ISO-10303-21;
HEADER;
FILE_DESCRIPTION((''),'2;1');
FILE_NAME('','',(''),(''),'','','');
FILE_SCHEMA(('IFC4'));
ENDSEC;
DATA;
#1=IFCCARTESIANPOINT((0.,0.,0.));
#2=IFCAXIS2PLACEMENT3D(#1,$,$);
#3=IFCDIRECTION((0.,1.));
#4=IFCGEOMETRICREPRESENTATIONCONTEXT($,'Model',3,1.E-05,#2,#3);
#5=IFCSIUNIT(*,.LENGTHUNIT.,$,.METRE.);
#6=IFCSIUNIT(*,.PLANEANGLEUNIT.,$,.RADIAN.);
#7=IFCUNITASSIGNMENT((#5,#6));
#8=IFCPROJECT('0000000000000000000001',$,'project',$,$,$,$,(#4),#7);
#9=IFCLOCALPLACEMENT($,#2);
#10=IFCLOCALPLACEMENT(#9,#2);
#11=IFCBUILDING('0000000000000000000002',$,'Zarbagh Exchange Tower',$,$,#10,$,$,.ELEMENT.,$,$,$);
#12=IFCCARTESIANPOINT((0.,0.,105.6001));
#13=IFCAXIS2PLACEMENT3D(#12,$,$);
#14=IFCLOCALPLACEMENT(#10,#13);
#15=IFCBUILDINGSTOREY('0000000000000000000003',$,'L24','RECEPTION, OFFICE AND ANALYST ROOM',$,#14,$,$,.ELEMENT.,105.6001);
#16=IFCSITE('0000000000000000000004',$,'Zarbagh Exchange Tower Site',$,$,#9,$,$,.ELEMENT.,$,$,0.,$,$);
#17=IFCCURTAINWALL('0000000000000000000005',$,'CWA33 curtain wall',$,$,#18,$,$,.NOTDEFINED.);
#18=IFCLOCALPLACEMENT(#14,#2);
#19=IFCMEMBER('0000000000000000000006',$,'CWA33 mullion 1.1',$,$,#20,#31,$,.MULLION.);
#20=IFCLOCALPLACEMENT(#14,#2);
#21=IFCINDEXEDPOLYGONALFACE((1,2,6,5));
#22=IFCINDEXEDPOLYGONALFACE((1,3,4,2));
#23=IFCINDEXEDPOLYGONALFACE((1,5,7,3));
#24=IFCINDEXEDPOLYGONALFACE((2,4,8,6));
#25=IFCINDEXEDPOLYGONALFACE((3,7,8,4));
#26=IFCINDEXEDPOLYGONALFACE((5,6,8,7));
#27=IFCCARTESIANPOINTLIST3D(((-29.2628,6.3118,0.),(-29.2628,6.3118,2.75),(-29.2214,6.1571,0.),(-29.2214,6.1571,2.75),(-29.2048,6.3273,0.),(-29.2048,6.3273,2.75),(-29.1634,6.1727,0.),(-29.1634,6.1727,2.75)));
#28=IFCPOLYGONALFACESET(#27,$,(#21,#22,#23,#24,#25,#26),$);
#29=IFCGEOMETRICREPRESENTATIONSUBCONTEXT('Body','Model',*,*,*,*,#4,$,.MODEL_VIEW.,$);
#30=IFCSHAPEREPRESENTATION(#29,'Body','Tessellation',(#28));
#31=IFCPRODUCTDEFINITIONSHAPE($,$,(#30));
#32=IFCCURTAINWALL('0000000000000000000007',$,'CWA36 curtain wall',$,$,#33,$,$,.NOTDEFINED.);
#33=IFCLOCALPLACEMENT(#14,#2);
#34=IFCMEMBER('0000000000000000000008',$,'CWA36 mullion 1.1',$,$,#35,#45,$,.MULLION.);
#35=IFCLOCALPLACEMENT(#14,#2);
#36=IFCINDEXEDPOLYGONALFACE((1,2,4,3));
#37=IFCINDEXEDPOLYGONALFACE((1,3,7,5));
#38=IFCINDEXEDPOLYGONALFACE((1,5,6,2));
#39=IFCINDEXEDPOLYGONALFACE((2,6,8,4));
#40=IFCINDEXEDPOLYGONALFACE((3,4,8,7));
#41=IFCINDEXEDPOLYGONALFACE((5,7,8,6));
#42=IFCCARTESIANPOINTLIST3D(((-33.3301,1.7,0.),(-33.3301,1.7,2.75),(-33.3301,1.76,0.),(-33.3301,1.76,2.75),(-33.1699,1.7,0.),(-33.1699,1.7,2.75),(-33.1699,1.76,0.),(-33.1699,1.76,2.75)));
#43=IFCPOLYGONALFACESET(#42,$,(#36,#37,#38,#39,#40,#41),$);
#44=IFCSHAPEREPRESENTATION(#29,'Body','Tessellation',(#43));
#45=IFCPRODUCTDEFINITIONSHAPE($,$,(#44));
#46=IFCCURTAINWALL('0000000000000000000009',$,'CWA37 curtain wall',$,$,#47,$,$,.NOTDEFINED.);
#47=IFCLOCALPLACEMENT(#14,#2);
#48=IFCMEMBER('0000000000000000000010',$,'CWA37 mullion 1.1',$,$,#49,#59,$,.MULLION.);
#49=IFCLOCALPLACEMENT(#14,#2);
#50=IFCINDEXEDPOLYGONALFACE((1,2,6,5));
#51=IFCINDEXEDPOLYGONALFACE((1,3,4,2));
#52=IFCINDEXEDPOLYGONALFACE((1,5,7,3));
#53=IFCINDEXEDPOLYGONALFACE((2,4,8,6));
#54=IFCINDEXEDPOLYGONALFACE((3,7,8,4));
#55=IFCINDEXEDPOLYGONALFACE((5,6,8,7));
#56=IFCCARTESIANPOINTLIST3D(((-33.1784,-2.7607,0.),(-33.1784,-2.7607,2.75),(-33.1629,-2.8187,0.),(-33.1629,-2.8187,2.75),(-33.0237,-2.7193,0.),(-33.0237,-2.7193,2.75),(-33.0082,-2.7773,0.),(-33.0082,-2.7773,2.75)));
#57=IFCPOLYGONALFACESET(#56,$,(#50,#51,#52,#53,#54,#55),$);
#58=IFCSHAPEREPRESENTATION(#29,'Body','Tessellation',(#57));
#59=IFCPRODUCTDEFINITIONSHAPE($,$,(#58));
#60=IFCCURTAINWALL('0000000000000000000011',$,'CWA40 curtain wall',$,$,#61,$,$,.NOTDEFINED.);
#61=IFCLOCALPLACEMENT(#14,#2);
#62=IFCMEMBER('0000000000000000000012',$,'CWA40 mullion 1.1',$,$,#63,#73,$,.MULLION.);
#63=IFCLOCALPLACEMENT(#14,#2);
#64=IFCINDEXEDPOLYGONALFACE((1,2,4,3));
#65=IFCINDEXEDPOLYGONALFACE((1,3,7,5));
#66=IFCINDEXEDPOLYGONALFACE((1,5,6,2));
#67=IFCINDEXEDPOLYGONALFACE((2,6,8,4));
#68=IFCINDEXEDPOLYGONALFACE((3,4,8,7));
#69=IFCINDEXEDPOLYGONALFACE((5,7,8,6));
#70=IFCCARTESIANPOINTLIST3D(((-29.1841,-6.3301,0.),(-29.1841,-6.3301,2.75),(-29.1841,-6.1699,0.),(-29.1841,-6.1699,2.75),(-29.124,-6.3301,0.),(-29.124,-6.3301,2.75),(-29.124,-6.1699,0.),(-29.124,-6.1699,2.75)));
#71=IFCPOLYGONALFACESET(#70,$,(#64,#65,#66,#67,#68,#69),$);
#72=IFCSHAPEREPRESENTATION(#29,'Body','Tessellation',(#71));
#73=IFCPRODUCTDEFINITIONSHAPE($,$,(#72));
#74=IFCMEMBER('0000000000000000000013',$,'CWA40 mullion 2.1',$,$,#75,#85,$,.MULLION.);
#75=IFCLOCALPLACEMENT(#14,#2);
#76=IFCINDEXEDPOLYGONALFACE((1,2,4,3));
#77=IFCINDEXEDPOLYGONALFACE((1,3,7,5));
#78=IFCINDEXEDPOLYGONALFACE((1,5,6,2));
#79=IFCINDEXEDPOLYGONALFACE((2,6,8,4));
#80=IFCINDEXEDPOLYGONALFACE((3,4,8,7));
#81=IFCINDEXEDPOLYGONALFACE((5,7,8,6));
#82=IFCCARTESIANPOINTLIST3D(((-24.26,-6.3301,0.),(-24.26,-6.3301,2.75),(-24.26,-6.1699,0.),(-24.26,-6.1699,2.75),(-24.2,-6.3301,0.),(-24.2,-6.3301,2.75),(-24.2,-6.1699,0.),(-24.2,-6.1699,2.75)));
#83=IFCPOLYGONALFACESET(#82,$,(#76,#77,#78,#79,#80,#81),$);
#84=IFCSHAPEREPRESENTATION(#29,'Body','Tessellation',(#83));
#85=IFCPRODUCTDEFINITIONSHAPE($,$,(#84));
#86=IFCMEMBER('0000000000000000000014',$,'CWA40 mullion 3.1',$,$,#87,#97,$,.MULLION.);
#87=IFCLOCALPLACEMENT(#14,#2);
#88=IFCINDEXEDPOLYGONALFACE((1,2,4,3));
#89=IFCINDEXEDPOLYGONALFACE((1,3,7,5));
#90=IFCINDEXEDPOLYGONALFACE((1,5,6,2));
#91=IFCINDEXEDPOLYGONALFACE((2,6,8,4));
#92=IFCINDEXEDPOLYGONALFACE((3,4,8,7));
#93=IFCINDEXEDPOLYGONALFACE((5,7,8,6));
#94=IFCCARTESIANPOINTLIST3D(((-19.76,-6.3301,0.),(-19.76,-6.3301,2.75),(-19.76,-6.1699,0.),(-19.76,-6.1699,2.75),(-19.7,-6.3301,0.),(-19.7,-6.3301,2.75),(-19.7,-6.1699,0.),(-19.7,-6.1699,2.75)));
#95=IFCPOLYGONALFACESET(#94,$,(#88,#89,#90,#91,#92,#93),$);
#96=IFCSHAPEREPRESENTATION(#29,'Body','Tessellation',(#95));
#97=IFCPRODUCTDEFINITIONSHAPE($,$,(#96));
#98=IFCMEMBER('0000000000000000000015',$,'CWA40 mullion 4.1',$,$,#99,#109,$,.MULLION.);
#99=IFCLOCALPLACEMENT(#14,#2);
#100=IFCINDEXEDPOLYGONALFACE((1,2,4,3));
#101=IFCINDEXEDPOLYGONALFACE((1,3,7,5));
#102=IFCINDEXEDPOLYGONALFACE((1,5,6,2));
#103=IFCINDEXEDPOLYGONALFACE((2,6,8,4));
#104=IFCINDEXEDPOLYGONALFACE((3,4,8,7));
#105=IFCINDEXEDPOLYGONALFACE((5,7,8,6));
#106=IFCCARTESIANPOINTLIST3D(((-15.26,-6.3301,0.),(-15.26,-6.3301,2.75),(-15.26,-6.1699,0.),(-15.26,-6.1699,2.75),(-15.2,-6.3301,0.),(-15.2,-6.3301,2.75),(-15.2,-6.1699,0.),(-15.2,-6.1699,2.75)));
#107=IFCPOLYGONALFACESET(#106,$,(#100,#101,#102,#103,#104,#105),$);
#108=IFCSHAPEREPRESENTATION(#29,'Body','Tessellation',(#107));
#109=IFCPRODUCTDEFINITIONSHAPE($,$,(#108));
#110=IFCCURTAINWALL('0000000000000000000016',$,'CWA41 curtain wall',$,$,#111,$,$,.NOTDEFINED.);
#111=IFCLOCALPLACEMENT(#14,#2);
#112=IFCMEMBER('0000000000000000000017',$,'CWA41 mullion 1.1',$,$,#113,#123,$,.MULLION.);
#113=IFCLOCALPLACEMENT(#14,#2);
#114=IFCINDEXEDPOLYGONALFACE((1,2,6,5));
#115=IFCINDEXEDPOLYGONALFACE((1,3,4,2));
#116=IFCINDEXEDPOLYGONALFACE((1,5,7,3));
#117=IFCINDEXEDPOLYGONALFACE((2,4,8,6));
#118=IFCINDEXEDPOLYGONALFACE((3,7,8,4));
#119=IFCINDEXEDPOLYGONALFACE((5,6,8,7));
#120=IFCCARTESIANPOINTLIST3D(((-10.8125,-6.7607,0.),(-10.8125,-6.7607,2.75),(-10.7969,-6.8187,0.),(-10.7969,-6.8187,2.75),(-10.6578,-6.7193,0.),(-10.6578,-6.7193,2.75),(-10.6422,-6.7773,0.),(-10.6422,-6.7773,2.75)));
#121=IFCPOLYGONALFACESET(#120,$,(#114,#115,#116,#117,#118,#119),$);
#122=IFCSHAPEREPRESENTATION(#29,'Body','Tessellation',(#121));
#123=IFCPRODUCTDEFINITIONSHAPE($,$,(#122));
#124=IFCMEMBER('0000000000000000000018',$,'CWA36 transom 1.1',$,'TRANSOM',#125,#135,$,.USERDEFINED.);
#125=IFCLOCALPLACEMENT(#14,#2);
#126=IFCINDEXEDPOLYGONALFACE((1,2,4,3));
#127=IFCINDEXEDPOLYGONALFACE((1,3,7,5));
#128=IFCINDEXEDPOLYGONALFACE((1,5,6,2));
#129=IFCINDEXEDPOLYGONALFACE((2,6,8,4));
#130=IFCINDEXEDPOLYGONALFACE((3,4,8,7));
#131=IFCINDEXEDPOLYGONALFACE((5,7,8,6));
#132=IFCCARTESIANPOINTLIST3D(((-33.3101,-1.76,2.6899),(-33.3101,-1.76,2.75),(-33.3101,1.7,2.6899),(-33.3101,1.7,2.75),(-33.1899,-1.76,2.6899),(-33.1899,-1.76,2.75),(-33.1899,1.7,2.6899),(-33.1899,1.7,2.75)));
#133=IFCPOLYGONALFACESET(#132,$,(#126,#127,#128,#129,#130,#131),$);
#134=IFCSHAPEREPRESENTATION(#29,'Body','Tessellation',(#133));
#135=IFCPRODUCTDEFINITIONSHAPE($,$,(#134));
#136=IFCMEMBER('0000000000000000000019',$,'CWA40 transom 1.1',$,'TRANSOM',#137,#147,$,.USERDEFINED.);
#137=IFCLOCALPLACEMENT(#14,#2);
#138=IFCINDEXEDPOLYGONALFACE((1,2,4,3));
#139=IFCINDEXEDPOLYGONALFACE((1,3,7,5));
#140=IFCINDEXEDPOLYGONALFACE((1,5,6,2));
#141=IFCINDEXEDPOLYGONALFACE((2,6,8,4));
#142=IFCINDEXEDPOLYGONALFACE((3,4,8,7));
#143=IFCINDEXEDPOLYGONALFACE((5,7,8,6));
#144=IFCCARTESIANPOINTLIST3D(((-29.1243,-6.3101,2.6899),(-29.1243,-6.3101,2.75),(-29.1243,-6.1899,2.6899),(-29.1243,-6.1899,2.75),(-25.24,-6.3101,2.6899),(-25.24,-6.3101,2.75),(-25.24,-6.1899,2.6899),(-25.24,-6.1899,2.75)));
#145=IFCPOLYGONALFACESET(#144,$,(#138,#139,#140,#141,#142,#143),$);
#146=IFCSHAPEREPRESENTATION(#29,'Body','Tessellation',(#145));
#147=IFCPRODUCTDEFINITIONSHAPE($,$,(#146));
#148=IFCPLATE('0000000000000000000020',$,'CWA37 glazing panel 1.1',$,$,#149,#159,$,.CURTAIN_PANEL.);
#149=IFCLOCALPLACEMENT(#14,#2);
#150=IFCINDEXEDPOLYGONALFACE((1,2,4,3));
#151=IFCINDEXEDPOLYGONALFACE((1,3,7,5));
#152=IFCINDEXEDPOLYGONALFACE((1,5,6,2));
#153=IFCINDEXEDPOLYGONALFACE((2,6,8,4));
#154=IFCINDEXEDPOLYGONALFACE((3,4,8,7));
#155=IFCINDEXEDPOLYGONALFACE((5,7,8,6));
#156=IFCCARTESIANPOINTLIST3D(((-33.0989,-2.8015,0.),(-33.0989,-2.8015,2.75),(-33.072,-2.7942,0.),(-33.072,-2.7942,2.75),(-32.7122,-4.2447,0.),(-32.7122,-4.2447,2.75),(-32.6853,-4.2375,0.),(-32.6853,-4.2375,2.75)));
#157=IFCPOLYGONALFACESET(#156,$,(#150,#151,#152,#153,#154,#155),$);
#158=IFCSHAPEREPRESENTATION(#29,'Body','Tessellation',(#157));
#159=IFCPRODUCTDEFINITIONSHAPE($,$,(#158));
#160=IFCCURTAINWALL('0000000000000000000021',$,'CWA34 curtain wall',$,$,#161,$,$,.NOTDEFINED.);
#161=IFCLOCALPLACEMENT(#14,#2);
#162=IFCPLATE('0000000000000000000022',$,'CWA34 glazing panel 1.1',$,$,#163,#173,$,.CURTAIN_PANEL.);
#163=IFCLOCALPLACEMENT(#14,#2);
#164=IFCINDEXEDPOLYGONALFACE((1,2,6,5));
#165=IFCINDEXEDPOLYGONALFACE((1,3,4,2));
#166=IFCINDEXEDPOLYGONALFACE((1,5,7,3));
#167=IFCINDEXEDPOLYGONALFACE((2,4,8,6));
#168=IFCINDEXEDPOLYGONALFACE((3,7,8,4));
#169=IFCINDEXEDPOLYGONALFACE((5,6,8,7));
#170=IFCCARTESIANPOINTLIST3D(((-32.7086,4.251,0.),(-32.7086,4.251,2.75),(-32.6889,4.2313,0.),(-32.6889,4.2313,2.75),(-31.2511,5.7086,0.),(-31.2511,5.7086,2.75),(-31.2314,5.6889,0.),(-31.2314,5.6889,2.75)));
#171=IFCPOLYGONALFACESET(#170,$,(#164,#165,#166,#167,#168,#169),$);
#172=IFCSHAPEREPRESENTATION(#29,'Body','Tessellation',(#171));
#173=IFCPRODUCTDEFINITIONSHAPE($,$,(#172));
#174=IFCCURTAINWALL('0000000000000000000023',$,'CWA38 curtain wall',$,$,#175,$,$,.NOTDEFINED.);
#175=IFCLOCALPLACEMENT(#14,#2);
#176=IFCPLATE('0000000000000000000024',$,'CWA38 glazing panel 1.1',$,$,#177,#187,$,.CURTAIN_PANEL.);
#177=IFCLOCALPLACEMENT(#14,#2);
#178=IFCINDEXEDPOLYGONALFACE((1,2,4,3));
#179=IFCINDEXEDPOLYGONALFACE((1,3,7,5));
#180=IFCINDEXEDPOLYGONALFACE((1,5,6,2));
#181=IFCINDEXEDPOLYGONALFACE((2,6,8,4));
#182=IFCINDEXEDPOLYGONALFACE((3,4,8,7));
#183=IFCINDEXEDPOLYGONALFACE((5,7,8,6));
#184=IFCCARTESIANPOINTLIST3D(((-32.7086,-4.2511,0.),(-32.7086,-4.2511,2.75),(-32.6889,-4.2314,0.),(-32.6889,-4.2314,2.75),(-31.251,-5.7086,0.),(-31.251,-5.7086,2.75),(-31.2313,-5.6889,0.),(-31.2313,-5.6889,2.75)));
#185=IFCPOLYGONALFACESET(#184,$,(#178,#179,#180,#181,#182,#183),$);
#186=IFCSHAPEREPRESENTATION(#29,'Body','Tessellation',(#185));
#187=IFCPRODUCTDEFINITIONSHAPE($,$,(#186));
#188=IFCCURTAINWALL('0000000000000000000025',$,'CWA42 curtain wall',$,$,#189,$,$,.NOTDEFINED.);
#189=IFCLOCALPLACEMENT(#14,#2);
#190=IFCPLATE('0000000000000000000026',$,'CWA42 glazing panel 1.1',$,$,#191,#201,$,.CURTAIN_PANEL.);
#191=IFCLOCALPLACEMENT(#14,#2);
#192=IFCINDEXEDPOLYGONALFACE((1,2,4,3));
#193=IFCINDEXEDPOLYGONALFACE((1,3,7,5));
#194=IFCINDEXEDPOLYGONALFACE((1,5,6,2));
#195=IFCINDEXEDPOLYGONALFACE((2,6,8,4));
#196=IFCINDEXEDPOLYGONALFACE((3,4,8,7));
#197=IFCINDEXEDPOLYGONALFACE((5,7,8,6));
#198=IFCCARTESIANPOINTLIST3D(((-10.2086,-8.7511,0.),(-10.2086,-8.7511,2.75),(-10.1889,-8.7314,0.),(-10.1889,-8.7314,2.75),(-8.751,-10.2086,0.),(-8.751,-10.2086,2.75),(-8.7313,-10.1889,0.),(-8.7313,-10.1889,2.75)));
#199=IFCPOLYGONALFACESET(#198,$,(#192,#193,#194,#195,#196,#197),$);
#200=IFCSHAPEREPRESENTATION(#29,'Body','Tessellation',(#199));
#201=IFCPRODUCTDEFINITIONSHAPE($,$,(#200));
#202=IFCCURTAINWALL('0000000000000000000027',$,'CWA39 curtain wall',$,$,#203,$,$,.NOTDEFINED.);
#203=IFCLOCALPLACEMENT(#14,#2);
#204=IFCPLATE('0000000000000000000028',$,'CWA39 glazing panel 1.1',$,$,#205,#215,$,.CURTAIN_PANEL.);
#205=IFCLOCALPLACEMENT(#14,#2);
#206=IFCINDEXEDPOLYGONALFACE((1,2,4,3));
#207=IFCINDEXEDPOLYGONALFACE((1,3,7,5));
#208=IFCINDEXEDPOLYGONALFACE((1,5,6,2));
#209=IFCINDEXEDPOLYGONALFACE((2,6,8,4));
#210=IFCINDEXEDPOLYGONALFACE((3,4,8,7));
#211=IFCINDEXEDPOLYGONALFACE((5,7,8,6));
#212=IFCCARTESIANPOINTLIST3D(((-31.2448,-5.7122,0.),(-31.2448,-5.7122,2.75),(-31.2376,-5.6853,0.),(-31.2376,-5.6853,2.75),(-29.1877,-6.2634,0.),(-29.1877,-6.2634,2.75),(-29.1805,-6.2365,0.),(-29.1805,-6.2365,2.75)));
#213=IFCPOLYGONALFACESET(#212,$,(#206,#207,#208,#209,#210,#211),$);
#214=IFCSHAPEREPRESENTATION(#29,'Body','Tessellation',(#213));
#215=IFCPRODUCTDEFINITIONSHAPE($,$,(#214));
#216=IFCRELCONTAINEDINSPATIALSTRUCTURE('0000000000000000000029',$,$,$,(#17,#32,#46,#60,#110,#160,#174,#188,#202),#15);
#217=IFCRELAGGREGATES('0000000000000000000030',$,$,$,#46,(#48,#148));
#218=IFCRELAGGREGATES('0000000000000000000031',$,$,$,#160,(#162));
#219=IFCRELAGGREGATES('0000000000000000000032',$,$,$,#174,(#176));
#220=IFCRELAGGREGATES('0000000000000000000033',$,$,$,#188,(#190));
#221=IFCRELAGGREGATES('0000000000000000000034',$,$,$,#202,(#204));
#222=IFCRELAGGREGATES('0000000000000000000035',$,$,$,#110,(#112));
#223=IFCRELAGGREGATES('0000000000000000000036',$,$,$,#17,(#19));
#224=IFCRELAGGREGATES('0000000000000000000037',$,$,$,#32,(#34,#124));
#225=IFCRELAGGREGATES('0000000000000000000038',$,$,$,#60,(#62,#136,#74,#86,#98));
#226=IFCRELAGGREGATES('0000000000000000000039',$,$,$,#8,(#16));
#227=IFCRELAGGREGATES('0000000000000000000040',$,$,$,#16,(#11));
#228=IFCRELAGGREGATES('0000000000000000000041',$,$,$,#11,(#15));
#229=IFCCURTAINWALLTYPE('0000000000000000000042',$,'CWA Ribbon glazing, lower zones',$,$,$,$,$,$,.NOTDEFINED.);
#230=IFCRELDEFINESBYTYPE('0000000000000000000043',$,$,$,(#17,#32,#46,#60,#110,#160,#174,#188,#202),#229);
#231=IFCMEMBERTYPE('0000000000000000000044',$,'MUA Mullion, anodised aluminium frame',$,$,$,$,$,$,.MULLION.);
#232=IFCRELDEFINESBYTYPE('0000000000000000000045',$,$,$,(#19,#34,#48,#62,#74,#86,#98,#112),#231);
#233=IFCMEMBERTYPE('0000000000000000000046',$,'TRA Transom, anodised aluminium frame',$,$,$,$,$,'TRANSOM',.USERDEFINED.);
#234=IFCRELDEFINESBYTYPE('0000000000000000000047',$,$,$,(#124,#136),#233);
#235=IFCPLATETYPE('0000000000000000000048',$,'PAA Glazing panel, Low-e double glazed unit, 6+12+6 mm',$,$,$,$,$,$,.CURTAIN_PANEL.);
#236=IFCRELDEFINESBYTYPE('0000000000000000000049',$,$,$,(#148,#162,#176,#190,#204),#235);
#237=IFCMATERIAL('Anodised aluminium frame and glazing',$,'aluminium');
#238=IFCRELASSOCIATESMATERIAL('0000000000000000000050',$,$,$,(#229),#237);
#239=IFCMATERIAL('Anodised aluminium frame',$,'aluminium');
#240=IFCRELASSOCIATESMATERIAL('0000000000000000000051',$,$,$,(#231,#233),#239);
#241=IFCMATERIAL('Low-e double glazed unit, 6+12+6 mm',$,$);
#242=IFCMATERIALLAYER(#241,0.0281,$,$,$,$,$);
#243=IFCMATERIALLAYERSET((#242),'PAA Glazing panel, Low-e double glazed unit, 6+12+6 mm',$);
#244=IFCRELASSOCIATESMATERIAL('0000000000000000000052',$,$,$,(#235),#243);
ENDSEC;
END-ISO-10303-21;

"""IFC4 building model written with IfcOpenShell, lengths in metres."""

from ifc_helpers import new_model, si_unit, direction, frame, origin, place, context, subcontext, project, spatial, polyline, outline, extrude, source, transform, mapped, material, layer, layer_set, type_object, element, aggregate, save


model = new_model("IFC4")

# Units and contexts
model_context = context("Model", 3, precision=1e-05, world=origin(), true_north=direction((0.0, 1.0)))
body_context = subcontext(model_context, "Body", "Model", "MODEL_VIEW")
ifc_project = project(units=[si_unit("LENGTHUNIT", "METRE"), si_unit("PLANEANGLEUNIT", "RADIAN")], contexts=[model_context])

# Site, building, storey
site_placement = place(None, origin())
site = spatial("IfcSite", under=ifc_project, at=site_placement, Name="Zarbagh Exchange Tower Site", CompositionType="ELEMENT", RefElevation=0.0)
building_placement = place(site_placement, origin())
building = spatial("IfcBuilding", under=site, at=building_placement, Name="Zarbagh Exchange Tower", CompositionType="ELEMENT")
storey_placement = place(building_placement, frame((0.0, 0.0, 105.6001)))
storey = spatial("IfcBuildingStorey", under=building, at=storey_placement, Name="L24", Description="RECEPTION, OFFICE AND ANALYST ROOM", CompositionType="ELEMENT", Elevation=105.6001)

# Curtain walls, members
ifc_material_1 = material(Name="Anodised aluminium frame and glazing", Category="aluminium")
curtain_wall_type = type_object("IfcCurtainWallType", Name="CWA Ribbon glazing, lower zones", PredefinedType="NOTDEFINED", material=ifc_material_1)
curtain_wall_1_placement = place(storey_placement, origin())
curtain_wall_1 = element("IfcCurtainWall", 1, at=curtain_wall_1_placement, inside=storey, type_object=curtain_wall_type, Name="CWA33 curtain wall", PredefinedType="NOTDEFINED")
ifc_material_2 = material(Name="Anodised aluminium frame", Category="aluminium")
member_type_1 = type_object("IfcMemberType", Name="MUA Mullion, anodised aluminium frame", PredefinedType="MULLION", material=ifc_material_2)
shared_shape_1 = source(origin(), body_context, "Body", "SweptSolid", [
    extrude(outline(polyline([(0.0, -0.0801), (0.0601, -0.0801), (0.0601, 0.0801), (0.0, 0.0801), (0.0, -0.0801)])), origin(), (0.0, 0.0, 1.0), 2.75),
])
placement = place(storey_placement, origin())
member_1 = element("IfcMember", 2, at=placement, type_object=member_type_1, Name="CWA33 mullion 1.1", PredefinedType="MULLION", context=body_context, shape_type="MappedRepresentation", body=[
    mapped(shared_shape_1, transform((-29.1841, 6.25, 0.0), x_axis=(-0.965924, -0.258825, 0.0), y_axis=(0.258825, -0.965924, 0.0), z_axis=(0.0, 0.0, 1.0))),
])
curtain_wall_2_placement = place(storey_placement, origin())
curtain_wall_2 = element("IfcCurtainWall", 3, at=curtain_wall_2_placement, inside=storey, type_object=curtain_wall_type, Name="CWA36 curtain wall", PredefinedType="NOTDEFINED")
member_2 = element("IfcMember", 4, at=placement, type_object=member_type_1, Name="CWA36 mullion 1.1", PredefinedType="MULLION", context=body_context, shape_type="MappedRepresentation", body=[
    mapped(shared_shape_1, transform((-33.25, 1.76, 0.0), x_axis=(0.0, -1.0, 0.0), y_axis=(1.0, 0.0, 0.0), z_axis=(0.0, 0.0, 1.0))),
])
curtain_wall_3_placement = place(storey_placement, origin())
curtain_wall_3 = element("IfcCurtainWall", 5, at=curtain_wall_3_placement, inside=storey, type_object=curtain_wall_type, Name="CWA37 curtain wall", PredefinedType="NOTDEFINED")
member_3 = element("IfcMember", 6, at=placement, type_object=member_type_1, Name="CWA37 mullion 1.1", PredefinedType="MULLION", context=body_context, shape_type="MappedRepresentation", body=[
    mapped(shared_shape_1, transform((-33.1011, -2.74, 0.0), x_axis=(0.258825, -0.965924, 0.0), y_axis=(0.965924, 0.258825, 0.0), z_axis=(0.0, 0.0, 1.0))),
])

# Curtain wall, members
curtain_wall_4_placement = place(storey_placement, origin())
curtain_wall_4 = element("IfcCurtainWall", 7, at=curtain_wall_4_placement, inside=storey, type_object=curtain_wall_type, Name="CWA40 curtain wall", PredefinedType="NOTDEFINED")
member_4 = element("IfcMember", 8, at=placement, type_object=member_type_1, Name="CWA40 mullion 1.1", PredefinedType="MULLION", context=body_context, shape_type="MappedRepresentation", body=[
    mapped(shared_shape_1, transform((-29.1841, -6.25, 0.0), x_axis=(1.0, 0.0, 0.0), y_axis=(0.0, 1.0, 0.0), z_axis=(0.0, 0.0, 1.0))),
])
member_5 = element("IfcMember", 9, at=placement, type_object=member_type_1, Name="CWA40 mullion 2.1", PredefinedType="MULLION", context=body_context, shape_type="MappedRepresentation", body=[
    mapped(shared_shape_1, transform((-24.26, -6.25, 0.0), x_axis=(1.0, 0.0, 0.0), y_axis=(0.0, 1.0, 0.0), z_axis=(0.0, 0.0, 1.0))),
])
member_6 = element("IfcMember", 10, at=placement, type_object=member_type_1, Name="CWA40 mullion 3.1", PredefinedType="MULLION", context=body_context, shape_type="MappedRepresentation", body=[
    mapped(shared_shape_1, transform((-19.76, -6.25, 0.0), x_axis=(1.0, 0.0, 0.0), y_axis=(0.0, 1.0, 0.0), z_axis=(0.0, 0.0, 1.0))),
])
member_7 = element("IfcMember", 11, at=placement, type_object=member_type_1, Name="CWA40 mullion 4.1", PredefinedType="MULLION", context=body_context, shape_type="MappedRepresentation", body=[
    mapped(shared_shape_1, transform((-15.26, -6.25, 0.0), x_axis=(1.0, 0.0, 0.0), y_axis=(0.0, 1.0, 0.0), z_axis=(0.0, 0.0, 1.0))),
])

# Curtain wall, member
curtain_wall_5_placement = place(storey_placement, origin())
curtain_wall_5 = element("IfcCurtainWall", 12, at=curtain_wall_5_placement, inside=storey, type_object=curtain_wall_type, Name="CWA41 curtain wall", PredefinedType="NOTDEFINED")
member_8 = element("IfcMember", 13, at=placement, type_object=member_type_1, Name="CWA41 mullion 1.1", PredefinedType="MULLION", context=body_context, shape_type="MappedRepresentation", body=[
    mapped(shared_shape_1, transform((-10.7351, -6.74, 0.0), x_axis=(0.258825, -0.965924, 0.0), y_axis=(0.965924, 0.258825, 0.0), z_axis=(0.0, 0.0, 1.0))),
])

# Members
member_type_2 = type_object("IfcMemberType", Name="TRA Transom, anodised aluminium frame", ElementType="TRANSOM", PredefinedType="USERDEFINED", material=ifc_material_2)
shared_shape_2 = source(origin(), body_context, "Body", "SweptSolid", [
    extrude(outline(polyline([(-0.0601, -0.0601), (0.0, -0.0601), (0.0, 0.0601), (-0.0601, 0.0601), (-0.0601, -0.0601)])), origin(), (0.0, 0.0, 1.0), 3.46),
])
member_9 = element("IfcMember", 14, at=placement, type_object=member_type_2, Name="CWA36 transom 1.1", ObjectType="TRANSOM", PredefinedType="USERDEFINED", context=body_context, shape_type="MappedRepresentation", body=[
    mapped(shared_shape_2, transform((-33.25, 1.7, 2.75), x_axis=(0.0, 0.0, 1.0), y_axis=(-1.0, 0.0, 0.0), z_axis=(0.0, -1.0, 0.0))),
])
shared_shape_3 = source(origin(), body_context, "Body", "SweptSolid", [
    extrude(outline(polyline([(-0.0601, -0.0601), (0.0, -0.0601), (0.0, 0.0601), (-0.0601, 0.0601), (-0.0601, -0.0601)])), origin(), (0.0, 0.0, 1.0), 3.8843),
])
member_10 = element("IfcMember", 15, at=placement, type_object=member_type_2, Name="CWA40 transom 1.1", ObjectType="TRANSOM", PredefinedType="USERDEFINED", context=body_context, shape_type="MappedRepresentation", body=[
    mapped(shared_shape_3, transform((-29.1243, -6.25, 2.75), x_axis=(0.0, 0.0, 1.0), y_axis=(0.0, -1.0, 0.0), z_axis=(1.0, 0.0, 0.0))),
])

# Plate
ifc_material_3 = material(Name="Low-e double glazed unit, 6+12+6 mm")
ifc_layer = layer(ifc_material_3, 0.0281)
ifc_layer_set = layer_set([ifc_layer], Name="PAA Glazing panel, Low-e double glazed unit, 6+12+6 mm")
plate_type = type_object("IfcPlateType", Name="PAA Glazing panel, Low-e double glazed unit, 6+12+6 mm", PredefinedType="CURTAIN_PANEL", material=ifc_layer_set)
shared_shape_4 = source(origin(), body_context, "Body", "SweptSolid", [
    extrude(outline(polyline([(0.0, -0.0139), (1.4941, -0.0139), (1.4941, 0.0139), (0.0, 0.0139), (0.0, -0.0139)])), origin(), (0.0, 0.0, 1.0), 2.75),
])
plate_1 = element("IfcPlate", 16, at=placement, type_object=plate_type, Name="CWA37 glazing panel 1.1", PredefinedType="CURTAIN_PANEL", context=body_context, shape_type="MappedRepresentation", body=[
    mapped(shared_shape_4, transform((-33.0854, -2.7979, 0.0), x_axis=(0.258825, -0.965924, 0.0), y_axis=(0.965924, 0.258825, 0.0), z_axis=(0.0, 0.0, 1.0))),
])
aggregate(curtain_wall_3, [member_3, plate_1])

# Curtain walls, plates
curtain_wall_6_placement = place(storey_placement, origin())
curtain_wall_6 = element("IfcCurtainWall", 17, at=curtain_wall_6_placement, inside=storey, type_object=curtain_wall_type, Name="CWA34 curtain wall", PredefinedType="NOTDEFINED")
shared_shape_5 = source(origin(), body_context, "Body", "SweptSolid", [
    extrude(outline(polyline([(0.0, -0.0139), (2.0613, -0.0139), (2.0613, 0.0139), (0.0, 0.0139), (0.0, -0.0139)])), origin(), (0.0, 0.0, 1.0), 2.75),
])
plate_2 = element("IfcPlate", 18, at=placement, type_object=plate_type, Name="CWA34 glazing panel 1.1", PredefinedType="CURTAIN_PANEL", context=body_context, shape_type="MappedRepresentation", body=[
    mapped(shared_shape_5, transform((-31.2412, 5.6987, 0.0), x_axis=(-0.707107, -0.707107, 0.0), y_axis=(0.707107, -0.707107, 0.0), z_axis=(0.0, 0.0, 1.0))),
])
aggregate(curtain_wall_6, [plate_2])
curtain_wall_7_placement = place(storey_placement, origin())
curtain_wall_7 = element("IfcCurtainWall", 19, at=curtain_wall_7_placement, inside=storey, type_object=curtain_wall_type, Name="CWA38 curtain wall", PredefinedType="NOTDEFINED")
plate_3 = element("IfcPlate", 20, at=placement, type_object=plate_type, Name="CWA38 glazing panel 1.1", PredefinedType="CURTAIN_PANEL", context=body_context, shape_type="MappedRepresentation", body=[
    mapped(shared_shape_5, transform((-32.6987, -4.2412, 0.0), x_axis=(0.707107, -0.707107, 0.0), y_axis=(0.707107, 0.707107, 0.0), z_axis=(0.0, 0.0, 1.0))),
])
aggregate(curtain_wall_7, [plate_3])
curtain_wall_8_placement = place(storey_placement, origin())
curtain_wall_8 = element("IfcCurtainWall", 21, at=curtain_wall_8_placement, inside=storey, type_object=curtain_wall_type, Name="CWA42 curtain wall", PredefinedType="NOTDEFINED")
plate_4 = element("IfcPlate", 22, at=placement, type_object=plate_type, Name="CWA42 glazing panel 1.1", PredefinedType="CURTAIN_PANEL", context=body_context, shape_type="MappedRepresentation", body=[
    mapped(shared_shape_5, transform((-10.1987, -8.7412, 0.0), x_axis=(0.707107, -0.707107, 0.0), y_axis=(0.707107, 0.707107, 0.0), z_axis=(0.0, 0.0, 1.0))),
])
aggregate(curtain_wall_8, [plate_4])
curtain_wall_9_placement = place(storey_placement, origin())
curtain_wall_9 = element("IfcCurtainWall", 23, at=curtain_wall_9_placement, inside=storey, type_object=curtain_wall_type, Name="CWA39 curtain wall", PredefinedType="NOTDEFINED")
shared_shape_6 = source(origin(), body_context, "Body", "SweptSolid", [
    extrude(outline(polyline([(0.0, -0.0139), (2.1296, -0.0139), (2.1296, 0.0139), (0.0, 0.0139), (0.0, -0.0139)])), origin(), (0.0, 0.0, 1.0), 2.75),
])
plate_5 = element("IfcPlate", 24, at=placement, type_object=plate_type, Name="CWA39 glazing panel 1.1", PredefinedType="CURTAIN_PANEL", context=body_context, shape_type="MappedRepresentation", body=[
    mapped(shared_shape_6, transform((-31.2412, -5.6987, 0.0), x_axis=(0.965924, -0.258825, 0.0), y_axis=(0.258825, 0.965924, 0.0), z_axis=(0.0, 0.0, 1.0))),
])
aggregate(curtain_wall_9, [plate_5])

aggregate(curtain_wall_5, [member_8])

aggregate(curtain_wall_1, [member_1])

aggregate(curtain_wall_2, [member_2, member_9])
aggregate(curtain_wall_4, [member_4, member_10, member_5, member_6, member_7])

save(model, "model.ifc")
